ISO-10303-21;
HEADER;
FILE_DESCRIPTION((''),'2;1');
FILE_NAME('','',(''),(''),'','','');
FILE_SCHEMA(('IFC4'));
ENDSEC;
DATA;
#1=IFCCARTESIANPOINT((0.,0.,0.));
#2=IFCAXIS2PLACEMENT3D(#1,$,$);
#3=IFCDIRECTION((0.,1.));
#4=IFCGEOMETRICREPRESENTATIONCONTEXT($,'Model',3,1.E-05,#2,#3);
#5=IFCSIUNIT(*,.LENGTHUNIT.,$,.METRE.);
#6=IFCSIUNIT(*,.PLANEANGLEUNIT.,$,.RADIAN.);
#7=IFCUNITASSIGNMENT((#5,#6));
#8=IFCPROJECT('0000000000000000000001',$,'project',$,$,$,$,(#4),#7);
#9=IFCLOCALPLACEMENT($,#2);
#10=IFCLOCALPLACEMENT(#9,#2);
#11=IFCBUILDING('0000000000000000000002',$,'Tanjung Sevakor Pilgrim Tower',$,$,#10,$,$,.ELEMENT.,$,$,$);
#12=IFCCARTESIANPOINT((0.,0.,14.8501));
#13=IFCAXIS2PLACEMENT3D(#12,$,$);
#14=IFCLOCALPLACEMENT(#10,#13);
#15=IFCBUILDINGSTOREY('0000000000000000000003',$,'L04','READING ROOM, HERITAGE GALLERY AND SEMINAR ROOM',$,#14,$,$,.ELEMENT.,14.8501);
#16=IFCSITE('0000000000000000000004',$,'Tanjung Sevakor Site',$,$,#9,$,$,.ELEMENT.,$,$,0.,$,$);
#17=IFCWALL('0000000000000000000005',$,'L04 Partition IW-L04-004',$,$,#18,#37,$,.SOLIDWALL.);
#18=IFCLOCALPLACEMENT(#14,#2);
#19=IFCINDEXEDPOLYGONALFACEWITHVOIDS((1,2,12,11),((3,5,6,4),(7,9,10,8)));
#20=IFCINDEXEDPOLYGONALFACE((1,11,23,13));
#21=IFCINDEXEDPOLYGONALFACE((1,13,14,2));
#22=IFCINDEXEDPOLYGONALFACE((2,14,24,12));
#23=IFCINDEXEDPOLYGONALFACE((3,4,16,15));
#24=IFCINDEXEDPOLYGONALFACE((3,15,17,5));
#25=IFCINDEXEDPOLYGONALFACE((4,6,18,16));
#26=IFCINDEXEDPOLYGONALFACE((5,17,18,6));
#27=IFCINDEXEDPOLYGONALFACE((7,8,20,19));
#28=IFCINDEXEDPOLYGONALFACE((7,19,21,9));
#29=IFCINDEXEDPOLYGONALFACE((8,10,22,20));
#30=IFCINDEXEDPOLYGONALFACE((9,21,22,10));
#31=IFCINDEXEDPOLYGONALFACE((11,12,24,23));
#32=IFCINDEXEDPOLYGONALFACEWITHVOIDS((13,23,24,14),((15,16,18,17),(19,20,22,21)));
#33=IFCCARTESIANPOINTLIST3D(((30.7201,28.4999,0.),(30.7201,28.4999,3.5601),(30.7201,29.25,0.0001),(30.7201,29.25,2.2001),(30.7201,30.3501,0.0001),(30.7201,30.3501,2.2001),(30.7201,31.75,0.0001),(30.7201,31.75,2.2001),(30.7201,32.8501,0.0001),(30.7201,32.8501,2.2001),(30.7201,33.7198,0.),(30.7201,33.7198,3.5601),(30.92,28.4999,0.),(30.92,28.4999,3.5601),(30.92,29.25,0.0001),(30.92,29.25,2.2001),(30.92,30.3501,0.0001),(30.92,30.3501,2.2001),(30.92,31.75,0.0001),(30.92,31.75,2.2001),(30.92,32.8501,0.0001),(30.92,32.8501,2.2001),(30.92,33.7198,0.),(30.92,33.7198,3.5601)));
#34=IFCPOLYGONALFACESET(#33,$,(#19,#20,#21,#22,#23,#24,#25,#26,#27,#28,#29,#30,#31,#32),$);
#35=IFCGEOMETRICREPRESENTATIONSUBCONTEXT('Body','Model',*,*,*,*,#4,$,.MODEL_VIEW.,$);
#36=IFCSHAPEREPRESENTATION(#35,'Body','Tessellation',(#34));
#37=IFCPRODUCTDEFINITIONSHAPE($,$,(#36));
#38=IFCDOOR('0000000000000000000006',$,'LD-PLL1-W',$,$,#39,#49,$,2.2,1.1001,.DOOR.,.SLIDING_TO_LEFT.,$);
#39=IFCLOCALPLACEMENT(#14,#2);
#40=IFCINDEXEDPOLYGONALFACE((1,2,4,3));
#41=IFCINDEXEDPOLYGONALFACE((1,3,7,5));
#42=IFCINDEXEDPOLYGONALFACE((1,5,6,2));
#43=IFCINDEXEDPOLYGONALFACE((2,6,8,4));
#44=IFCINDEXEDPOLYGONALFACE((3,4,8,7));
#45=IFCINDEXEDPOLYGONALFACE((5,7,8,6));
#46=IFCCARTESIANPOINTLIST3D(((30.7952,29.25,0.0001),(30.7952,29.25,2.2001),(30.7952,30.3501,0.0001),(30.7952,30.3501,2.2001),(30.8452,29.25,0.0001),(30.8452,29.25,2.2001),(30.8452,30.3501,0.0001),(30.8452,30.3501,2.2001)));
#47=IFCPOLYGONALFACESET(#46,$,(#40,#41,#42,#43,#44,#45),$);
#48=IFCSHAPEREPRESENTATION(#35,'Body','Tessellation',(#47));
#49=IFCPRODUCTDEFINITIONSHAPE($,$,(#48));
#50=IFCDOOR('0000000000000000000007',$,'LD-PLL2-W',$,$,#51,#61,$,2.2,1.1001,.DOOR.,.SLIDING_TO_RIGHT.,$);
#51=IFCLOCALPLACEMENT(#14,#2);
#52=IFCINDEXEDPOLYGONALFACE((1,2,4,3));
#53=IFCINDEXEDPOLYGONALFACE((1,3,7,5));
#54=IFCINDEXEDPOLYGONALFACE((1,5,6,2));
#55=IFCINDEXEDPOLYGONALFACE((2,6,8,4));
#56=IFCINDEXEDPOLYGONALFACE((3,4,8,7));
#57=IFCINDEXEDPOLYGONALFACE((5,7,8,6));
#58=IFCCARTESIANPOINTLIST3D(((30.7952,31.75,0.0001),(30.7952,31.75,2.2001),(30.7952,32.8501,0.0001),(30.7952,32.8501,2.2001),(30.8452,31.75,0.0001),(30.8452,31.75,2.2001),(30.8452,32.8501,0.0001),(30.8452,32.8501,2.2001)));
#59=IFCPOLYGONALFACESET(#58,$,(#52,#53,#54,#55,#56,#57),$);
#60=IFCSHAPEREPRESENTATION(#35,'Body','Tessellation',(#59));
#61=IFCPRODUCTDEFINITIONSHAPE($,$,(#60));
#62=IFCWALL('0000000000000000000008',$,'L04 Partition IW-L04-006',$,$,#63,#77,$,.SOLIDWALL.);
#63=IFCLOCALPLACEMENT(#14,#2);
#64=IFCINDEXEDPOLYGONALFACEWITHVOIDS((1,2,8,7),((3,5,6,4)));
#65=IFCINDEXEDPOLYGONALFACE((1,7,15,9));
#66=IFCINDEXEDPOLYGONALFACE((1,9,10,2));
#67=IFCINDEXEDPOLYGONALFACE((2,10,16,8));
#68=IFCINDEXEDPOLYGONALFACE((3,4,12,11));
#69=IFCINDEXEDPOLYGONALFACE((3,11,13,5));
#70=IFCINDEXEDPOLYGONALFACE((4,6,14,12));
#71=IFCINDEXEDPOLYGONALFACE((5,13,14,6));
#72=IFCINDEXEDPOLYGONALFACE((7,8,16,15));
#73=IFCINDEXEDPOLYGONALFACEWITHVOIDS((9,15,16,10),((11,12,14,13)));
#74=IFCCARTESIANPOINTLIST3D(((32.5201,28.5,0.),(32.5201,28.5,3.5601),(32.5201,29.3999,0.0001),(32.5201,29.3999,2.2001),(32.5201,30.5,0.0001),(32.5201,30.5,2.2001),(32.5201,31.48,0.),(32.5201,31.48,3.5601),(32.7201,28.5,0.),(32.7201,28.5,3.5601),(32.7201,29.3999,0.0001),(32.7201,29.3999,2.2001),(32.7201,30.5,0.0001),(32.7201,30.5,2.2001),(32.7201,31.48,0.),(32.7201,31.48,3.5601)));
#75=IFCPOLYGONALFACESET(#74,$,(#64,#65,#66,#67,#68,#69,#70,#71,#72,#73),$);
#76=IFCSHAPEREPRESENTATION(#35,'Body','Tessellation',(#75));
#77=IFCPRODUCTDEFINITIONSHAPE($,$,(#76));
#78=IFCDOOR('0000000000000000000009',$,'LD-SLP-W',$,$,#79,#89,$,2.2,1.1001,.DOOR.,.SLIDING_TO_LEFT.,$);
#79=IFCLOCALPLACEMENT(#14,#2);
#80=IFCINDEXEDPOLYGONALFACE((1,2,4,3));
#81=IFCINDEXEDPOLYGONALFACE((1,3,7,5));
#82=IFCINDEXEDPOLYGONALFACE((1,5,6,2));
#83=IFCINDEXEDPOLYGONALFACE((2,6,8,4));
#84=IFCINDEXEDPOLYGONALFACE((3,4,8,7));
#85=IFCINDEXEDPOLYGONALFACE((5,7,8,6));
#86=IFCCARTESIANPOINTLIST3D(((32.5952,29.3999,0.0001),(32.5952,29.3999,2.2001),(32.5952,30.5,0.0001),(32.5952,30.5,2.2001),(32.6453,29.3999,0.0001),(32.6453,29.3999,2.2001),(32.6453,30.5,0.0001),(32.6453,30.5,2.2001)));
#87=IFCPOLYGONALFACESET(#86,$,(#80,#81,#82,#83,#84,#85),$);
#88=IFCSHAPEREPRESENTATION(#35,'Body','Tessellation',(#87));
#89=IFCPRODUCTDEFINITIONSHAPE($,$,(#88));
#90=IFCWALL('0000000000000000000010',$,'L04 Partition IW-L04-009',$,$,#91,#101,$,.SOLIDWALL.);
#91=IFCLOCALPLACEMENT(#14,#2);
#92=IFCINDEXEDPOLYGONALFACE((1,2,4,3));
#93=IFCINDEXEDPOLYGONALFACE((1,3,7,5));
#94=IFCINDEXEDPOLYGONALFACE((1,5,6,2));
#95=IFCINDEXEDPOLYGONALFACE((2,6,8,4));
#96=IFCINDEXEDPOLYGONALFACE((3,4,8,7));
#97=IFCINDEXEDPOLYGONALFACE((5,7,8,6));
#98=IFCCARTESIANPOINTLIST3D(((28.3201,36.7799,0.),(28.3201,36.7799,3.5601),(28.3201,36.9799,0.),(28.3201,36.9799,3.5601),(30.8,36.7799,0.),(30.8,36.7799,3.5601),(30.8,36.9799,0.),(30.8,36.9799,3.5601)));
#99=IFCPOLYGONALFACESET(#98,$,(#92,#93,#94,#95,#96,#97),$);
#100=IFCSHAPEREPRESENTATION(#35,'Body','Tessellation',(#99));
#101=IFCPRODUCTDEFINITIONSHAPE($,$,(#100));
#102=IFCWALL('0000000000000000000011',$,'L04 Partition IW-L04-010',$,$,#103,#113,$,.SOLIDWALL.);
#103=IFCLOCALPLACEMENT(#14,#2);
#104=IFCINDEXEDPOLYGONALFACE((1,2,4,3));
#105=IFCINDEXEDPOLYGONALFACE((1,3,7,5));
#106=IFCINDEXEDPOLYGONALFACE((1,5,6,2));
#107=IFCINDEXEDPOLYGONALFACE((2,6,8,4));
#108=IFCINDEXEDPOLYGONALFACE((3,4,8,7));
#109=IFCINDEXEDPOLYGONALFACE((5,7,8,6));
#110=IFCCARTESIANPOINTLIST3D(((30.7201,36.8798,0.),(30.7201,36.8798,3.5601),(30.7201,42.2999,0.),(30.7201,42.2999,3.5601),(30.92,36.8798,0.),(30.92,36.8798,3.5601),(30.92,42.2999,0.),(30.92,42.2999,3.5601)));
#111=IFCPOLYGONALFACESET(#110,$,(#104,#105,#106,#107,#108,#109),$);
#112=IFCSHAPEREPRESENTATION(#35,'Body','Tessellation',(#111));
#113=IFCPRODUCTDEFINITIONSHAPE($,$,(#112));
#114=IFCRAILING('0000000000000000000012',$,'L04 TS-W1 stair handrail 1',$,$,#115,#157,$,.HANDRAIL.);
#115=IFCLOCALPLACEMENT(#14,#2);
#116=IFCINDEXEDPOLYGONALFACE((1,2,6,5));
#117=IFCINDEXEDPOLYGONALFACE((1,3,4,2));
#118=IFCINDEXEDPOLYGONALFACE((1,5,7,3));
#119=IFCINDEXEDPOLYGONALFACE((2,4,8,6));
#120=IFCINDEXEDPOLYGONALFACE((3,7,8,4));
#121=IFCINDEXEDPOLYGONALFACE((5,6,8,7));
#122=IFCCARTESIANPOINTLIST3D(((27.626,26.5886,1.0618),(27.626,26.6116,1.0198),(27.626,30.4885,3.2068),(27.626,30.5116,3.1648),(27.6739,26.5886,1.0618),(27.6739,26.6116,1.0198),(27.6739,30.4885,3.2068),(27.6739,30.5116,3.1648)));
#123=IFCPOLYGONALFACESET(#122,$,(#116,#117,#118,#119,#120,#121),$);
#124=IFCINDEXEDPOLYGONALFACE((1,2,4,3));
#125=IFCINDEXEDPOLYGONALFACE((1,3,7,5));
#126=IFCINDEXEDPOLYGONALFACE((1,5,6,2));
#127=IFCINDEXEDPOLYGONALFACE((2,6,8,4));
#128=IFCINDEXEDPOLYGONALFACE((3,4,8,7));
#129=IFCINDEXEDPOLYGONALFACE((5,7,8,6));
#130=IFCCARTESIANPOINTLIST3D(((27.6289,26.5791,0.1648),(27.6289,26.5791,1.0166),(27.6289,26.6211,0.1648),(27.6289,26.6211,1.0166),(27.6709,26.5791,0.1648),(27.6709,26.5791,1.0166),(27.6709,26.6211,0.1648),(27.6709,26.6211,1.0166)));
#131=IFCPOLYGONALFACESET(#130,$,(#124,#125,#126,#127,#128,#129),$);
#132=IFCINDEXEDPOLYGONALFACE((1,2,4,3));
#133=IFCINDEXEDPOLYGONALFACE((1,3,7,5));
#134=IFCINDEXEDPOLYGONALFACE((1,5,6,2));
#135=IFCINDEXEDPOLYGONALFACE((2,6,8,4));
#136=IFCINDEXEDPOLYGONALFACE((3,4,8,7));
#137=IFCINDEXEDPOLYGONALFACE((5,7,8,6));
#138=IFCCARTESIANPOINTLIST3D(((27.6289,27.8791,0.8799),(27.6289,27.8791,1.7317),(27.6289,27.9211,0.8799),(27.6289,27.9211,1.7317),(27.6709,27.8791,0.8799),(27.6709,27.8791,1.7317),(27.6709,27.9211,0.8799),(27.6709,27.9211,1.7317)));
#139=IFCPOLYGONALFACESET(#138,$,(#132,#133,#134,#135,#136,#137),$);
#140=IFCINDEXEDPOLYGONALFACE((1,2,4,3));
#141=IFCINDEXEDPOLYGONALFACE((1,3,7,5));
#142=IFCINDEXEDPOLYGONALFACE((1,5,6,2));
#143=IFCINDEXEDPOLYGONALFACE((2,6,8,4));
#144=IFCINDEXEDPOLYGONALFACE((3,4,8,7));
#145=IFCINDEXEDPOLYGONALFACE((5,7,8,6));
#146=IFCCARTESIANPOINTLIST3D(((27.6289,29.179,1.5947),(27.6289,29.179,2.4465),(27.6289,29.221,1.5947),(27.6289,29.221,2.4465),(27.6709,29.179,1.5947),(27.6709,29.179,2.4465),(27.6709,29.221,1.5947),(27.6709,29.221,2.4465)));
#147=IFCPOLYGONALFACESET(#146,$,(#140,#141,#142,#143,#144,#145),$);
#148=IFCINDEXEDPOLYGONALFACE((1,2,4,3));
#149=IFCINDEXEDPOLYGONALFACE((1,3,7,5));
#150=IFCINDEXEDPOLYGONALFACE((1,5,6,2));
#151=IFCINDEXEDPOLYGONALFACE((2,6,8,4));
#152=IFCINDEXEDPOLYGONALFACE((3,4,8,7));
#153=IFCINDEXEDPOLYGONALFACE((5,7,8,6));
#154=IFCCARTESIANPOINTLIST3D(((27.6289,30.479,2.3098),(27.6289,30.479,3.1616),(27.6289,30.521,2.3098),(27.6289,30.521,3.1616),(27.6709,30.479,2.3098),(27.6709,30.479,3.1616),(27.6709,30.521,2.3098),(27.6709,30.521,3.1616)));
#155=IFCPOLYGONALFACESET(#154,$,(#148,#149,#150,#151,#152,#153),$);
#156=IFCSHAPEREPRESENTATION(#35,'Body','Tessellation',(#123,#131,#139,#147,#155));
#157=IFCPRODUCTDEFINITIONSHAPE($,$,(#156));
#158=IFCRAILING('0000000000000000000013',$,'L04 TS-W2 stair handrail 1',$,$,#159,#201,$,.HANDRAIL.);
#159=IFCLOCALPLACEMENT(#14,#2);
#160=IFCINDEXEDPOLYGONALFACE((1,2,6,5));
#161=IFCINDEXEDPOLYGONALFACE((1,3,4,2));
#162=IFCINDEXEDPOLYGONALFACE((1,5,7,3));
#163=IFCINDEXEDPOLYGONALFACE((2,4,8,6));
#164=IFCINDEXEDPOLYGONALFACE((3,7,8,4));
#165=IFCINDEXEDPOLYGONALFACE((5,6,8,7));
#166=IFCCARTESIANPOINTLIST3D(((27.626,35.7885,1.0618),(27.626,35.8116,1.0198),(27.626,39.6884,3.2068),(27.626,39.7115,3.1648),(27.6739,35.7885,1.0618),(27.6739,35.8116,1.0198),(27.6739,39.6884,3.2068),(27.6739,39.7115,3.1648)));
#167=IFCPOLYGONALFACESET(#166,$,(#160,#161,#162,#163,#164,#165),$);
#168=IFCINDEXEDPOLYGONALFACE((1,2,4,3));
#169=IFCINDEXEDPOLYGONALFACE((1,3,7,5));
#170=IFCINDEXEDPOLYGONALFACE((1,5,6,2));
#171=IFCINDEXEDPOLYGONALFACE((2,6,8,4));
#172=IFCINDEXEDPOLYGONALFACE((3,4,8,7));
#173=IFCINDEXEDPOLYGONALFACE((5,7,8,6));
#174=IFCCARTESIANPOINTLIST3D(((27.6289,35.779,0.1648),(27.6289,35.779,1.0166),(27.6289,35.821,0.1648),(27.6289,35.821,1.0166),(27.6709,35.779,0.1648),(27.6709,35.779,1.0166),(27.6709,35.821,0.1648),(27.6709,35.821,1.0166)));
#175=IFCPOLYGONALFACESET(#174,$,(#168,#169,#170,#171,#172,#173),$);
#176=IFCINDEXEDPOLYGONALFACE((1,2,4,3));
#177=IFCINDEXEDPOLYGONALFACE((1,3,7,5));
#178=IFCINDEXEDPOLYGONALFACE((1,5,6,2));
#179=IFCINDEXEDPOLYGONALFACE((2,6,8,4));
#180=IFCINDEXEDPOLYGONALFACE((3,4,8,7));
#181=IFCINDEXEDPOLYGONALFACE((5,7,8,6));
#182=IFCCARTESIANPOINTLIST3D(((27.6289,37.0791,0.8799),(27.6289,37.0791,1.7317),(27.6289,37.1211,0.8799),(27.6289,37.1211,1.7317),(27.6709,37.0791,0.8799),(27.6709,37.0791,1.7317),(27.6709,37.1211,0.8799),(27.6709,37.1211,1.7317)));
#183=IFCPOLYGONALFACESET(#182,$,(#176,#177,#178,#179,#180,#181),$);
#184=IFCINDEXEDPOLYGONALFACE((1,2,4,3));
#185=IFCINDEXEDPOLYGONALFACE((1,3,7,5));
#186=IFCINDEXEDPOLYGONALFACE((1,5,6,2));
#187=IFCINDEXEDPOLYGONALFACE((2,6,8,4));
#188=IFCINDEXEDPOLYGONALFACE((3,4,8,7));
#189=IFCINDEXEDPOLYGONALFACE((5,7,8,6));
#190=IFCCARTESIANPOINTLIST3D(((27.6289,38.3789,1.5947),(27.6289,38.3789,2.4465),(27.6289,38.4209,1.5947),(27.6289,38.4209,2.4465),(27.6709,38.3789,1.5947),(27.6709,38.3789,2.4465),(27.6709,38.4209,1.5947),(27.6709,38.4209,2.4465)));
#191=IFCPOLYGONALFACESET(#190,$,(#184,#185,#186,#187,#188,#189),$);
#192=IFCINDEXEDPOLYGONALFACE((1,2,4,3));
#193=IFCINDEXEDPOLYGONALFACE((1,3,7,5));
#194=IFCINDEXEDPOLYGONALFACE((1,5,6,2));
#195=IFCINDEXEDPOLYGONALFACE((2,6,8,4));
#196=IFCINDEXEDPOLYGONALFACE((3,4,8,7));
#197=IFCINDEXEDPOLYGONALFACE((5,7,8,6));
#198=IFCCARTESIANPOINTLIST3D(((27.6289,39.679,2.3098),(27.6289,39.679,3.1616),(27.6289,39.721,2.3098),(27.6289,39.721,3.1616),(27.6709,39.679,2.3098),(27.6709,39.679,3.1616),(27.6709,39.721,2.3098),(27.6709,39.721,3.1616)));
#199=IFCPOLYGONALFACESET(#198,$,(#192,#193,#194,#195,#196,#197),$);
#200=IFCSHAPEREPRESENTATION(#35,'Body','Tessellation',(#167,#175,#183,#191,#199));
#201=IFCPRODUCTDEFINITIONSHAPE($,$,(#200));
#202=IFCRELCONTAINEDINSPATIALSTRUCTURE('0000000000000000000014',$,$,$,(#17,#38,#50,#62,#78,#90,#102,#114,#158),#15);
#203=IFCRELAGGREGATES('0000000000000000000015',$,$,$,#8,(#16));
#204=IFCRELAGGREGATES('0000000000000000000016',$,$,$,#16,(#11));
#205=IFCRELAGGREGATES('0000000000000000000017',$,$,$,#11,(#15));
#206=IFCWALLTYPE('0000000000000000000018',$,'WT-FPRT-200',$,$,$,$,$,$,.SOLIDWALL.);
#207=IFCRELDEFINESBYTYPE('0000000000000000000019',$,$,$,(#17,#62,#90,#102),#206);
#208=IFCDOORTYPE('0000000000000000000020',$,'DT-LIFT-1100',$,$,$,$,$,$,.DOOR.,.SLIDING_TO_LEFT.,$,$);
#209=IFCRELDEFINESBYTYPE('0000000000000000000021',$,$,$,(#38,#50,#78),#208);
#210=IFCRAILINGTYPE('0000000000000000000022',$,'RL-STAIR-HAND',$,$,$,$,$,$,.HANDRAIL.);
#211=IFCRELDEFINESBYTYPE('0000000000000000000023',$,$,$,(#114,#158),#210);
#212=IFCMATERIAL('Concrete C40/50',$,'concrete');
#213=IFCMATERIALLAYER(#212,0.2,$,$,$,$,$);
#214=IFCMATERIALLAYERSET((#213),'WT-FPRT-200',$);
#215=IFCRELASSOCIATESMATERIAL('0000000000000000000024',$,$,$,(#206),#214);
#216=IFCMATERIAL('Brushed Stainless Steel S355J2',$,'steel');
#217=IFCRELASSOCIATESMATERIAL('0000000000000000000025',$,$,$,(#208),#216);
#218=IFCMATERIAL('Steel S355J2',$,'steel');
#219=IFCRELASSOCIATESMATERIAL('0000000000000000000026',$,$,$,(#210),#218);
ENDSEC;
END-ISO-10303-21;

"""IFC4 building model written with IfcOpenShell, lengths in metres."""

from ifc_helpers import new_model, si_unit, direction, frame, frame_2d, origin, place, context, subcontext, project, spatial, rectangle, extrude, material, layer, layer_set, type_object, element, fill, save


model = new_model("IFC4")

# Units and contexts
model_context = context("Model", 3, precision=1e-05, world=origin(), true_north=direction((0.0, 1.0)))
body_context = subcontext(model_context, "Body", "Model", "MODEL_VIEW")
ifc_project = project(units=[si_unit("LENGTHUNIT", "METRE"), si_unit("PLANEANGLEUNIT", "RADIAN")], contexts=[model_context])

# Site, building, storey
site_placement = place(None, origin())
site = spatial("IfcSite", under=ifc_project, at=site_placement, Name="Tanjung Sevakor Site", CompositionType="ELEMENT", RefElevation=0.0)
building_placement = place(site_placement, origin())
building = spatial("IfcBuilding", under=site, at=building_placement, Name="Tanjung Sevakor Pilgrim Tower", CompositionType="ELEMENT")
storey_placement = place(building_placement, frame((0.0, 0.0, 14.8501)))
storey = spatial("IfcBuildingStorey", under=building, at=storey_placement, Name="L04", Description="READING ROOM, HERITAGE GALLERY AND SEMINAR ROOM", CompositionType="ELEMENT", Elevation=14.8501)

# Shared definitions
ifc_material_1 = material(Name="Concrete C40/50", Category="concrete")
ifc_layer_1 = layer(ifc_material_1, 0.2)
ifc_layer_set_1 = layer_set([ifc_layer_1], Name="WT-FPRT-200")
wall_type_1 = type_object("IfcWallType", Name="WT-FPRT-200", PredefinedType="SOLIDWALL", material=ifc_layer_set_1)
ifc_material_2 = material(Name="Brushed Stainless Steel S355J2", Category="steel")
door_type_1 = type_object("IfcDoorType", Name="DT-LIFT-1100", OperationType="SLIDING_TO_LEFT", PredefinedType="DOOR", material=ifc_material_2)

# Wall, openings, doors
wall_1_placement = place(storey_placement, frame((30.8201, 28.5, 0.0), z_axis=(0.0, 0.0, 1.0), x_axis=(0.0, 1.0, 0.0)))
wall_1 = element("IfcWall", 1, at=wall_1_placement, inside=storey, type_object=wall_type_1, Name="L04 Partition IW-L04-004", PredefinedType="SOLIDWALL", context=body_context, shape_type="SweptSolid", body=[
    extrude(rectangle(XDim=5.22, YDim=0.2, at=frame_2d((2.6099, 0.0))), origin(), (0.0, 0.0, 1.0), 3.5601),
])
opening_1_placement = place(wall_1_placement, frame((0.75, 0.0, 0.0)))
opening_1 = element("IfcOpeningElement", 2, at=opening_1_placement, cuts=wall_1, PredefinedType="OPENING", context=body_context, shape_type="SweptSolid", body=[
    extrude(rectangle(XDim=1.1001, YDim=2.2, at=frame_2d((0.55, 1.1001))), frame((0.0, 0.1099, 0.0), z_axis=(0.0, -1.0, 0.0), x_axis=(1.0, 0.0, 0.0)), (0.0, 0.0, 1.0), 0.22),
])
opening_2_placement = place(wall_1_placement, frame((3.25, 0.0, 0.0)))
opening_2 = element("IfcOpeningElement", 3, at=opening_2_placement, cuts=wall_1, PredefinedType="OPENING", context=body_context, shape_type="SweptSolid", body=[
    extrude(rectangle(XDim=1.1001, YDim=2.2, at=frame_2d((0.55, 1.1001))), frame((0.0, 0.1099, 0.0), z_axis=(0.0, -1.0, 0.0), x_axis=(1.0, 0.0, 0.0)), (0.0, 0.0, 1.0), 0.22),
])
door_1_placement = place(opening_1_placement, origin())
door_1 = element("IfcDoor", 4, at=door_1_placement, inside=storey, type_object=door_type_1, Name="LD-PLL1-W", OperationType="SLIDING_TO_LEFT", OverallHeight=2.2, OverallWidth=1.1001, PredefinedType="DOOR", context=body_context, shape_type="SweptSolid", body=[
    extrude(rectangle(XDim=1.1001, YDim=2.2, at=frame_2d((0.55, 1.1001))), frame((0.0, 0.0249, 0.0), z_axis=(0.0, -1.0, 0.0), x_axis=(1.0, 0.0, 0.0)), (0.0, 0.0, 1.0), 0.05),
])
fill(opening_1, door_1)
door_2_placement = place(opening_2_placement, origin())
door_2 = element("IfcDoor", 5, at=door_2_placement, inside=storey, type_object=door_type_1, Name="LD-PLL2-W", OperationType="SLIDING_TO_RIGHT", OverallHeight=2.2, OverallWidth=1.1001, PredefinedType="DOOR", context=body_context, shape_type="SweptSolid", body=[
    extrude(rectangle(XDim=1.1001, YDim=2.2, at=frame_2d((0.55, 1.1001))), frame((0.0, 0.0249, 0.0), z_axis=(0.0, -1.0, 0.0), x_axis=(1.0, 0.0, 0.0)), (0.0, 0.0, 1.0), 0.05),
])
fill(opening_2, door_2)

# Wall, opening, door
wall_2_placement = place(storey_placement, frame((32.6201, 28.5, 0.0), z_axis=(0.0, 0.0, 1.0), x_axis=(0.0, 1.0, 0.0)))
wall_2 = element("IfcWall", 6, at=wall_2_placement, inside=storey, type_object=wall_type_1, Name="L04 Partition IW-L04-006", PredefinedType="SOLIDWALL", context=body_context, shape_type="SweptSolid", body=[
    extrude(rectangle(XDim=2.98, YDim=0.2, at=frame_2d((1.49, 0.0))), origin(), (0.0, 0.0, 1.0), 3.5601),
])
opening_3_placement = place(wall_2_placement, frame((0.8999, 0.0, 0.0)))
opening_3 = element("IfcOpeningElement", 7, at=opening_3_placement, cuts=wall_2, PredefinedType="OPENING", context=body_context, shape_type="SweptSolid", body=[
    extrude(rectangle(XDim=1.1001, YDim=2.2, at=frame_2d((0.55, 1.1001))), frame((0.0, 0.1099, 0.0), z_axis=(0.0, -1.0, 0.0), x_axis=(1.0, 0.0, 0.0)), (0.0, 0.0, 1.0), 0.22),
])
door_3_placement = place(opening_3_placement, origin())
door_3 = element("IfcDoor", 8, at=door_3_placement, inside=storey, type_object=door_type_1, Name="LD-SLP-W", OperationType="SLIDING_TO_LEFT", OverallHeight=2.2, OverallWidth=1.1001, PredefinedType="DOOR", context=body_context, shape_type="SweptSolid", body=[
    extrude(rectangle(XDim=1.1001, YDim=2.2, at=frame_2d((0.55, 1.1001))), frame((0.0, 0.0249, 0.0), z_axis=(0.0, -1.0, 0.0), x_axis=(1.0, 0.0, 0.0)), (0.0, 0.0, 1.0), 0.05),
])
fill(opening_3, door_3)

# Walls
wall_3_placement = place(storey_placement, frame((28.3201, 36.8799, 0.0), z_axis=(0.0, 0.0, 1.0), x_axis=(1.0, 0.0, 0.0)))
element("IfcWall", 9, at=wall_3_placement, inside=storey, type_object=wall_type_1, Name="L04 Partition IW-L04-009", PredefinedType="SOLIDWALL", context=body_context, shape_type="SweptSolid", body=[
    extrude(rectangle(XDim=2.48, YDim=0.2, at=frame_2d((1.24, 0.0))), origin(), (0.0, 0.0, 1.0), 3.5601),
])
wall_4_placement = place(storey_placement, frame((30.8201, 36.8799, 0.0), z_axis=(0.0, 0.0, 1.0), x_axis=(0.0, 1.0, 0.0)))
element("IfcWall", 10, at=wall_4_placement, inside=storey, type_object=wall_type_1, Name="L04 Partition IW-L04-010", PredefinedType="SOLIDWALL", context=body_context, shape_type="SweptSolid", body=[
    extrude(rectangle(XDim=5.4202, YDim=0.2, at=frame_2d((2.71, 0.0))), origin(), (0.0, 0.0, 1.0), 3.5601),
])

# Railings
ifc_material_3 = material(Name="Steel S355J2", Category="steel")
railing_type = type_object("IfcRailingType", Name="RL-STAIR-HAND", PredefinedType="HANDRAIL", material=ifc_material_3)
for number, where, name in (
    (11, (27.6499, 26.6001, 0.1648), "L04 TS-W1 stair handrail 1"),
    (12, (27.6499, 35.8, 0.1648), "L04 TS-W2 stair handrail 1"),
):
    element("IfcRailing", number, at=place(storey_placement, frame(where)), inside=storey, type_object=railing_type, Name=name, PredefinedType="HANDRAIL", context=body_context, shape_type="SweptSolid", body=[
        extrude(rectangle(XDim=0.0479, YDim=0.0479), frame((0.0, 0.0, 0.876), z_axis=(0.0, 0.876209, 0.481931), x_axis=(-1.0, 0.0, 0.0)), (0.0, 0.0, 1.0), 4.4509),
        extrude(rectangle(XDim=0.042, YDim=0.042), origin(), (0.0, 0.0, 1.0), 0.8518),
        extrude(rectangle(XDim=0.042, YDim=0.042), frame((0.0, 1.3, 0.7151)), (0.0, 0.0, 1.0), 0.8518),
        extrude(rectangle(XDim=0.042, YDim=0.042), frame((0.0, 2.5999, 1.4299)), (0.0, 0.0, 1.0), 0.8518),
        extrude(rectangle(XDim=0.042, YDim=0.042), frame((0.0, 3.8999, 2.145)), (0.0, 0.0, 1.0), 0.8518),
    ])

save(model, "model.ifc")
